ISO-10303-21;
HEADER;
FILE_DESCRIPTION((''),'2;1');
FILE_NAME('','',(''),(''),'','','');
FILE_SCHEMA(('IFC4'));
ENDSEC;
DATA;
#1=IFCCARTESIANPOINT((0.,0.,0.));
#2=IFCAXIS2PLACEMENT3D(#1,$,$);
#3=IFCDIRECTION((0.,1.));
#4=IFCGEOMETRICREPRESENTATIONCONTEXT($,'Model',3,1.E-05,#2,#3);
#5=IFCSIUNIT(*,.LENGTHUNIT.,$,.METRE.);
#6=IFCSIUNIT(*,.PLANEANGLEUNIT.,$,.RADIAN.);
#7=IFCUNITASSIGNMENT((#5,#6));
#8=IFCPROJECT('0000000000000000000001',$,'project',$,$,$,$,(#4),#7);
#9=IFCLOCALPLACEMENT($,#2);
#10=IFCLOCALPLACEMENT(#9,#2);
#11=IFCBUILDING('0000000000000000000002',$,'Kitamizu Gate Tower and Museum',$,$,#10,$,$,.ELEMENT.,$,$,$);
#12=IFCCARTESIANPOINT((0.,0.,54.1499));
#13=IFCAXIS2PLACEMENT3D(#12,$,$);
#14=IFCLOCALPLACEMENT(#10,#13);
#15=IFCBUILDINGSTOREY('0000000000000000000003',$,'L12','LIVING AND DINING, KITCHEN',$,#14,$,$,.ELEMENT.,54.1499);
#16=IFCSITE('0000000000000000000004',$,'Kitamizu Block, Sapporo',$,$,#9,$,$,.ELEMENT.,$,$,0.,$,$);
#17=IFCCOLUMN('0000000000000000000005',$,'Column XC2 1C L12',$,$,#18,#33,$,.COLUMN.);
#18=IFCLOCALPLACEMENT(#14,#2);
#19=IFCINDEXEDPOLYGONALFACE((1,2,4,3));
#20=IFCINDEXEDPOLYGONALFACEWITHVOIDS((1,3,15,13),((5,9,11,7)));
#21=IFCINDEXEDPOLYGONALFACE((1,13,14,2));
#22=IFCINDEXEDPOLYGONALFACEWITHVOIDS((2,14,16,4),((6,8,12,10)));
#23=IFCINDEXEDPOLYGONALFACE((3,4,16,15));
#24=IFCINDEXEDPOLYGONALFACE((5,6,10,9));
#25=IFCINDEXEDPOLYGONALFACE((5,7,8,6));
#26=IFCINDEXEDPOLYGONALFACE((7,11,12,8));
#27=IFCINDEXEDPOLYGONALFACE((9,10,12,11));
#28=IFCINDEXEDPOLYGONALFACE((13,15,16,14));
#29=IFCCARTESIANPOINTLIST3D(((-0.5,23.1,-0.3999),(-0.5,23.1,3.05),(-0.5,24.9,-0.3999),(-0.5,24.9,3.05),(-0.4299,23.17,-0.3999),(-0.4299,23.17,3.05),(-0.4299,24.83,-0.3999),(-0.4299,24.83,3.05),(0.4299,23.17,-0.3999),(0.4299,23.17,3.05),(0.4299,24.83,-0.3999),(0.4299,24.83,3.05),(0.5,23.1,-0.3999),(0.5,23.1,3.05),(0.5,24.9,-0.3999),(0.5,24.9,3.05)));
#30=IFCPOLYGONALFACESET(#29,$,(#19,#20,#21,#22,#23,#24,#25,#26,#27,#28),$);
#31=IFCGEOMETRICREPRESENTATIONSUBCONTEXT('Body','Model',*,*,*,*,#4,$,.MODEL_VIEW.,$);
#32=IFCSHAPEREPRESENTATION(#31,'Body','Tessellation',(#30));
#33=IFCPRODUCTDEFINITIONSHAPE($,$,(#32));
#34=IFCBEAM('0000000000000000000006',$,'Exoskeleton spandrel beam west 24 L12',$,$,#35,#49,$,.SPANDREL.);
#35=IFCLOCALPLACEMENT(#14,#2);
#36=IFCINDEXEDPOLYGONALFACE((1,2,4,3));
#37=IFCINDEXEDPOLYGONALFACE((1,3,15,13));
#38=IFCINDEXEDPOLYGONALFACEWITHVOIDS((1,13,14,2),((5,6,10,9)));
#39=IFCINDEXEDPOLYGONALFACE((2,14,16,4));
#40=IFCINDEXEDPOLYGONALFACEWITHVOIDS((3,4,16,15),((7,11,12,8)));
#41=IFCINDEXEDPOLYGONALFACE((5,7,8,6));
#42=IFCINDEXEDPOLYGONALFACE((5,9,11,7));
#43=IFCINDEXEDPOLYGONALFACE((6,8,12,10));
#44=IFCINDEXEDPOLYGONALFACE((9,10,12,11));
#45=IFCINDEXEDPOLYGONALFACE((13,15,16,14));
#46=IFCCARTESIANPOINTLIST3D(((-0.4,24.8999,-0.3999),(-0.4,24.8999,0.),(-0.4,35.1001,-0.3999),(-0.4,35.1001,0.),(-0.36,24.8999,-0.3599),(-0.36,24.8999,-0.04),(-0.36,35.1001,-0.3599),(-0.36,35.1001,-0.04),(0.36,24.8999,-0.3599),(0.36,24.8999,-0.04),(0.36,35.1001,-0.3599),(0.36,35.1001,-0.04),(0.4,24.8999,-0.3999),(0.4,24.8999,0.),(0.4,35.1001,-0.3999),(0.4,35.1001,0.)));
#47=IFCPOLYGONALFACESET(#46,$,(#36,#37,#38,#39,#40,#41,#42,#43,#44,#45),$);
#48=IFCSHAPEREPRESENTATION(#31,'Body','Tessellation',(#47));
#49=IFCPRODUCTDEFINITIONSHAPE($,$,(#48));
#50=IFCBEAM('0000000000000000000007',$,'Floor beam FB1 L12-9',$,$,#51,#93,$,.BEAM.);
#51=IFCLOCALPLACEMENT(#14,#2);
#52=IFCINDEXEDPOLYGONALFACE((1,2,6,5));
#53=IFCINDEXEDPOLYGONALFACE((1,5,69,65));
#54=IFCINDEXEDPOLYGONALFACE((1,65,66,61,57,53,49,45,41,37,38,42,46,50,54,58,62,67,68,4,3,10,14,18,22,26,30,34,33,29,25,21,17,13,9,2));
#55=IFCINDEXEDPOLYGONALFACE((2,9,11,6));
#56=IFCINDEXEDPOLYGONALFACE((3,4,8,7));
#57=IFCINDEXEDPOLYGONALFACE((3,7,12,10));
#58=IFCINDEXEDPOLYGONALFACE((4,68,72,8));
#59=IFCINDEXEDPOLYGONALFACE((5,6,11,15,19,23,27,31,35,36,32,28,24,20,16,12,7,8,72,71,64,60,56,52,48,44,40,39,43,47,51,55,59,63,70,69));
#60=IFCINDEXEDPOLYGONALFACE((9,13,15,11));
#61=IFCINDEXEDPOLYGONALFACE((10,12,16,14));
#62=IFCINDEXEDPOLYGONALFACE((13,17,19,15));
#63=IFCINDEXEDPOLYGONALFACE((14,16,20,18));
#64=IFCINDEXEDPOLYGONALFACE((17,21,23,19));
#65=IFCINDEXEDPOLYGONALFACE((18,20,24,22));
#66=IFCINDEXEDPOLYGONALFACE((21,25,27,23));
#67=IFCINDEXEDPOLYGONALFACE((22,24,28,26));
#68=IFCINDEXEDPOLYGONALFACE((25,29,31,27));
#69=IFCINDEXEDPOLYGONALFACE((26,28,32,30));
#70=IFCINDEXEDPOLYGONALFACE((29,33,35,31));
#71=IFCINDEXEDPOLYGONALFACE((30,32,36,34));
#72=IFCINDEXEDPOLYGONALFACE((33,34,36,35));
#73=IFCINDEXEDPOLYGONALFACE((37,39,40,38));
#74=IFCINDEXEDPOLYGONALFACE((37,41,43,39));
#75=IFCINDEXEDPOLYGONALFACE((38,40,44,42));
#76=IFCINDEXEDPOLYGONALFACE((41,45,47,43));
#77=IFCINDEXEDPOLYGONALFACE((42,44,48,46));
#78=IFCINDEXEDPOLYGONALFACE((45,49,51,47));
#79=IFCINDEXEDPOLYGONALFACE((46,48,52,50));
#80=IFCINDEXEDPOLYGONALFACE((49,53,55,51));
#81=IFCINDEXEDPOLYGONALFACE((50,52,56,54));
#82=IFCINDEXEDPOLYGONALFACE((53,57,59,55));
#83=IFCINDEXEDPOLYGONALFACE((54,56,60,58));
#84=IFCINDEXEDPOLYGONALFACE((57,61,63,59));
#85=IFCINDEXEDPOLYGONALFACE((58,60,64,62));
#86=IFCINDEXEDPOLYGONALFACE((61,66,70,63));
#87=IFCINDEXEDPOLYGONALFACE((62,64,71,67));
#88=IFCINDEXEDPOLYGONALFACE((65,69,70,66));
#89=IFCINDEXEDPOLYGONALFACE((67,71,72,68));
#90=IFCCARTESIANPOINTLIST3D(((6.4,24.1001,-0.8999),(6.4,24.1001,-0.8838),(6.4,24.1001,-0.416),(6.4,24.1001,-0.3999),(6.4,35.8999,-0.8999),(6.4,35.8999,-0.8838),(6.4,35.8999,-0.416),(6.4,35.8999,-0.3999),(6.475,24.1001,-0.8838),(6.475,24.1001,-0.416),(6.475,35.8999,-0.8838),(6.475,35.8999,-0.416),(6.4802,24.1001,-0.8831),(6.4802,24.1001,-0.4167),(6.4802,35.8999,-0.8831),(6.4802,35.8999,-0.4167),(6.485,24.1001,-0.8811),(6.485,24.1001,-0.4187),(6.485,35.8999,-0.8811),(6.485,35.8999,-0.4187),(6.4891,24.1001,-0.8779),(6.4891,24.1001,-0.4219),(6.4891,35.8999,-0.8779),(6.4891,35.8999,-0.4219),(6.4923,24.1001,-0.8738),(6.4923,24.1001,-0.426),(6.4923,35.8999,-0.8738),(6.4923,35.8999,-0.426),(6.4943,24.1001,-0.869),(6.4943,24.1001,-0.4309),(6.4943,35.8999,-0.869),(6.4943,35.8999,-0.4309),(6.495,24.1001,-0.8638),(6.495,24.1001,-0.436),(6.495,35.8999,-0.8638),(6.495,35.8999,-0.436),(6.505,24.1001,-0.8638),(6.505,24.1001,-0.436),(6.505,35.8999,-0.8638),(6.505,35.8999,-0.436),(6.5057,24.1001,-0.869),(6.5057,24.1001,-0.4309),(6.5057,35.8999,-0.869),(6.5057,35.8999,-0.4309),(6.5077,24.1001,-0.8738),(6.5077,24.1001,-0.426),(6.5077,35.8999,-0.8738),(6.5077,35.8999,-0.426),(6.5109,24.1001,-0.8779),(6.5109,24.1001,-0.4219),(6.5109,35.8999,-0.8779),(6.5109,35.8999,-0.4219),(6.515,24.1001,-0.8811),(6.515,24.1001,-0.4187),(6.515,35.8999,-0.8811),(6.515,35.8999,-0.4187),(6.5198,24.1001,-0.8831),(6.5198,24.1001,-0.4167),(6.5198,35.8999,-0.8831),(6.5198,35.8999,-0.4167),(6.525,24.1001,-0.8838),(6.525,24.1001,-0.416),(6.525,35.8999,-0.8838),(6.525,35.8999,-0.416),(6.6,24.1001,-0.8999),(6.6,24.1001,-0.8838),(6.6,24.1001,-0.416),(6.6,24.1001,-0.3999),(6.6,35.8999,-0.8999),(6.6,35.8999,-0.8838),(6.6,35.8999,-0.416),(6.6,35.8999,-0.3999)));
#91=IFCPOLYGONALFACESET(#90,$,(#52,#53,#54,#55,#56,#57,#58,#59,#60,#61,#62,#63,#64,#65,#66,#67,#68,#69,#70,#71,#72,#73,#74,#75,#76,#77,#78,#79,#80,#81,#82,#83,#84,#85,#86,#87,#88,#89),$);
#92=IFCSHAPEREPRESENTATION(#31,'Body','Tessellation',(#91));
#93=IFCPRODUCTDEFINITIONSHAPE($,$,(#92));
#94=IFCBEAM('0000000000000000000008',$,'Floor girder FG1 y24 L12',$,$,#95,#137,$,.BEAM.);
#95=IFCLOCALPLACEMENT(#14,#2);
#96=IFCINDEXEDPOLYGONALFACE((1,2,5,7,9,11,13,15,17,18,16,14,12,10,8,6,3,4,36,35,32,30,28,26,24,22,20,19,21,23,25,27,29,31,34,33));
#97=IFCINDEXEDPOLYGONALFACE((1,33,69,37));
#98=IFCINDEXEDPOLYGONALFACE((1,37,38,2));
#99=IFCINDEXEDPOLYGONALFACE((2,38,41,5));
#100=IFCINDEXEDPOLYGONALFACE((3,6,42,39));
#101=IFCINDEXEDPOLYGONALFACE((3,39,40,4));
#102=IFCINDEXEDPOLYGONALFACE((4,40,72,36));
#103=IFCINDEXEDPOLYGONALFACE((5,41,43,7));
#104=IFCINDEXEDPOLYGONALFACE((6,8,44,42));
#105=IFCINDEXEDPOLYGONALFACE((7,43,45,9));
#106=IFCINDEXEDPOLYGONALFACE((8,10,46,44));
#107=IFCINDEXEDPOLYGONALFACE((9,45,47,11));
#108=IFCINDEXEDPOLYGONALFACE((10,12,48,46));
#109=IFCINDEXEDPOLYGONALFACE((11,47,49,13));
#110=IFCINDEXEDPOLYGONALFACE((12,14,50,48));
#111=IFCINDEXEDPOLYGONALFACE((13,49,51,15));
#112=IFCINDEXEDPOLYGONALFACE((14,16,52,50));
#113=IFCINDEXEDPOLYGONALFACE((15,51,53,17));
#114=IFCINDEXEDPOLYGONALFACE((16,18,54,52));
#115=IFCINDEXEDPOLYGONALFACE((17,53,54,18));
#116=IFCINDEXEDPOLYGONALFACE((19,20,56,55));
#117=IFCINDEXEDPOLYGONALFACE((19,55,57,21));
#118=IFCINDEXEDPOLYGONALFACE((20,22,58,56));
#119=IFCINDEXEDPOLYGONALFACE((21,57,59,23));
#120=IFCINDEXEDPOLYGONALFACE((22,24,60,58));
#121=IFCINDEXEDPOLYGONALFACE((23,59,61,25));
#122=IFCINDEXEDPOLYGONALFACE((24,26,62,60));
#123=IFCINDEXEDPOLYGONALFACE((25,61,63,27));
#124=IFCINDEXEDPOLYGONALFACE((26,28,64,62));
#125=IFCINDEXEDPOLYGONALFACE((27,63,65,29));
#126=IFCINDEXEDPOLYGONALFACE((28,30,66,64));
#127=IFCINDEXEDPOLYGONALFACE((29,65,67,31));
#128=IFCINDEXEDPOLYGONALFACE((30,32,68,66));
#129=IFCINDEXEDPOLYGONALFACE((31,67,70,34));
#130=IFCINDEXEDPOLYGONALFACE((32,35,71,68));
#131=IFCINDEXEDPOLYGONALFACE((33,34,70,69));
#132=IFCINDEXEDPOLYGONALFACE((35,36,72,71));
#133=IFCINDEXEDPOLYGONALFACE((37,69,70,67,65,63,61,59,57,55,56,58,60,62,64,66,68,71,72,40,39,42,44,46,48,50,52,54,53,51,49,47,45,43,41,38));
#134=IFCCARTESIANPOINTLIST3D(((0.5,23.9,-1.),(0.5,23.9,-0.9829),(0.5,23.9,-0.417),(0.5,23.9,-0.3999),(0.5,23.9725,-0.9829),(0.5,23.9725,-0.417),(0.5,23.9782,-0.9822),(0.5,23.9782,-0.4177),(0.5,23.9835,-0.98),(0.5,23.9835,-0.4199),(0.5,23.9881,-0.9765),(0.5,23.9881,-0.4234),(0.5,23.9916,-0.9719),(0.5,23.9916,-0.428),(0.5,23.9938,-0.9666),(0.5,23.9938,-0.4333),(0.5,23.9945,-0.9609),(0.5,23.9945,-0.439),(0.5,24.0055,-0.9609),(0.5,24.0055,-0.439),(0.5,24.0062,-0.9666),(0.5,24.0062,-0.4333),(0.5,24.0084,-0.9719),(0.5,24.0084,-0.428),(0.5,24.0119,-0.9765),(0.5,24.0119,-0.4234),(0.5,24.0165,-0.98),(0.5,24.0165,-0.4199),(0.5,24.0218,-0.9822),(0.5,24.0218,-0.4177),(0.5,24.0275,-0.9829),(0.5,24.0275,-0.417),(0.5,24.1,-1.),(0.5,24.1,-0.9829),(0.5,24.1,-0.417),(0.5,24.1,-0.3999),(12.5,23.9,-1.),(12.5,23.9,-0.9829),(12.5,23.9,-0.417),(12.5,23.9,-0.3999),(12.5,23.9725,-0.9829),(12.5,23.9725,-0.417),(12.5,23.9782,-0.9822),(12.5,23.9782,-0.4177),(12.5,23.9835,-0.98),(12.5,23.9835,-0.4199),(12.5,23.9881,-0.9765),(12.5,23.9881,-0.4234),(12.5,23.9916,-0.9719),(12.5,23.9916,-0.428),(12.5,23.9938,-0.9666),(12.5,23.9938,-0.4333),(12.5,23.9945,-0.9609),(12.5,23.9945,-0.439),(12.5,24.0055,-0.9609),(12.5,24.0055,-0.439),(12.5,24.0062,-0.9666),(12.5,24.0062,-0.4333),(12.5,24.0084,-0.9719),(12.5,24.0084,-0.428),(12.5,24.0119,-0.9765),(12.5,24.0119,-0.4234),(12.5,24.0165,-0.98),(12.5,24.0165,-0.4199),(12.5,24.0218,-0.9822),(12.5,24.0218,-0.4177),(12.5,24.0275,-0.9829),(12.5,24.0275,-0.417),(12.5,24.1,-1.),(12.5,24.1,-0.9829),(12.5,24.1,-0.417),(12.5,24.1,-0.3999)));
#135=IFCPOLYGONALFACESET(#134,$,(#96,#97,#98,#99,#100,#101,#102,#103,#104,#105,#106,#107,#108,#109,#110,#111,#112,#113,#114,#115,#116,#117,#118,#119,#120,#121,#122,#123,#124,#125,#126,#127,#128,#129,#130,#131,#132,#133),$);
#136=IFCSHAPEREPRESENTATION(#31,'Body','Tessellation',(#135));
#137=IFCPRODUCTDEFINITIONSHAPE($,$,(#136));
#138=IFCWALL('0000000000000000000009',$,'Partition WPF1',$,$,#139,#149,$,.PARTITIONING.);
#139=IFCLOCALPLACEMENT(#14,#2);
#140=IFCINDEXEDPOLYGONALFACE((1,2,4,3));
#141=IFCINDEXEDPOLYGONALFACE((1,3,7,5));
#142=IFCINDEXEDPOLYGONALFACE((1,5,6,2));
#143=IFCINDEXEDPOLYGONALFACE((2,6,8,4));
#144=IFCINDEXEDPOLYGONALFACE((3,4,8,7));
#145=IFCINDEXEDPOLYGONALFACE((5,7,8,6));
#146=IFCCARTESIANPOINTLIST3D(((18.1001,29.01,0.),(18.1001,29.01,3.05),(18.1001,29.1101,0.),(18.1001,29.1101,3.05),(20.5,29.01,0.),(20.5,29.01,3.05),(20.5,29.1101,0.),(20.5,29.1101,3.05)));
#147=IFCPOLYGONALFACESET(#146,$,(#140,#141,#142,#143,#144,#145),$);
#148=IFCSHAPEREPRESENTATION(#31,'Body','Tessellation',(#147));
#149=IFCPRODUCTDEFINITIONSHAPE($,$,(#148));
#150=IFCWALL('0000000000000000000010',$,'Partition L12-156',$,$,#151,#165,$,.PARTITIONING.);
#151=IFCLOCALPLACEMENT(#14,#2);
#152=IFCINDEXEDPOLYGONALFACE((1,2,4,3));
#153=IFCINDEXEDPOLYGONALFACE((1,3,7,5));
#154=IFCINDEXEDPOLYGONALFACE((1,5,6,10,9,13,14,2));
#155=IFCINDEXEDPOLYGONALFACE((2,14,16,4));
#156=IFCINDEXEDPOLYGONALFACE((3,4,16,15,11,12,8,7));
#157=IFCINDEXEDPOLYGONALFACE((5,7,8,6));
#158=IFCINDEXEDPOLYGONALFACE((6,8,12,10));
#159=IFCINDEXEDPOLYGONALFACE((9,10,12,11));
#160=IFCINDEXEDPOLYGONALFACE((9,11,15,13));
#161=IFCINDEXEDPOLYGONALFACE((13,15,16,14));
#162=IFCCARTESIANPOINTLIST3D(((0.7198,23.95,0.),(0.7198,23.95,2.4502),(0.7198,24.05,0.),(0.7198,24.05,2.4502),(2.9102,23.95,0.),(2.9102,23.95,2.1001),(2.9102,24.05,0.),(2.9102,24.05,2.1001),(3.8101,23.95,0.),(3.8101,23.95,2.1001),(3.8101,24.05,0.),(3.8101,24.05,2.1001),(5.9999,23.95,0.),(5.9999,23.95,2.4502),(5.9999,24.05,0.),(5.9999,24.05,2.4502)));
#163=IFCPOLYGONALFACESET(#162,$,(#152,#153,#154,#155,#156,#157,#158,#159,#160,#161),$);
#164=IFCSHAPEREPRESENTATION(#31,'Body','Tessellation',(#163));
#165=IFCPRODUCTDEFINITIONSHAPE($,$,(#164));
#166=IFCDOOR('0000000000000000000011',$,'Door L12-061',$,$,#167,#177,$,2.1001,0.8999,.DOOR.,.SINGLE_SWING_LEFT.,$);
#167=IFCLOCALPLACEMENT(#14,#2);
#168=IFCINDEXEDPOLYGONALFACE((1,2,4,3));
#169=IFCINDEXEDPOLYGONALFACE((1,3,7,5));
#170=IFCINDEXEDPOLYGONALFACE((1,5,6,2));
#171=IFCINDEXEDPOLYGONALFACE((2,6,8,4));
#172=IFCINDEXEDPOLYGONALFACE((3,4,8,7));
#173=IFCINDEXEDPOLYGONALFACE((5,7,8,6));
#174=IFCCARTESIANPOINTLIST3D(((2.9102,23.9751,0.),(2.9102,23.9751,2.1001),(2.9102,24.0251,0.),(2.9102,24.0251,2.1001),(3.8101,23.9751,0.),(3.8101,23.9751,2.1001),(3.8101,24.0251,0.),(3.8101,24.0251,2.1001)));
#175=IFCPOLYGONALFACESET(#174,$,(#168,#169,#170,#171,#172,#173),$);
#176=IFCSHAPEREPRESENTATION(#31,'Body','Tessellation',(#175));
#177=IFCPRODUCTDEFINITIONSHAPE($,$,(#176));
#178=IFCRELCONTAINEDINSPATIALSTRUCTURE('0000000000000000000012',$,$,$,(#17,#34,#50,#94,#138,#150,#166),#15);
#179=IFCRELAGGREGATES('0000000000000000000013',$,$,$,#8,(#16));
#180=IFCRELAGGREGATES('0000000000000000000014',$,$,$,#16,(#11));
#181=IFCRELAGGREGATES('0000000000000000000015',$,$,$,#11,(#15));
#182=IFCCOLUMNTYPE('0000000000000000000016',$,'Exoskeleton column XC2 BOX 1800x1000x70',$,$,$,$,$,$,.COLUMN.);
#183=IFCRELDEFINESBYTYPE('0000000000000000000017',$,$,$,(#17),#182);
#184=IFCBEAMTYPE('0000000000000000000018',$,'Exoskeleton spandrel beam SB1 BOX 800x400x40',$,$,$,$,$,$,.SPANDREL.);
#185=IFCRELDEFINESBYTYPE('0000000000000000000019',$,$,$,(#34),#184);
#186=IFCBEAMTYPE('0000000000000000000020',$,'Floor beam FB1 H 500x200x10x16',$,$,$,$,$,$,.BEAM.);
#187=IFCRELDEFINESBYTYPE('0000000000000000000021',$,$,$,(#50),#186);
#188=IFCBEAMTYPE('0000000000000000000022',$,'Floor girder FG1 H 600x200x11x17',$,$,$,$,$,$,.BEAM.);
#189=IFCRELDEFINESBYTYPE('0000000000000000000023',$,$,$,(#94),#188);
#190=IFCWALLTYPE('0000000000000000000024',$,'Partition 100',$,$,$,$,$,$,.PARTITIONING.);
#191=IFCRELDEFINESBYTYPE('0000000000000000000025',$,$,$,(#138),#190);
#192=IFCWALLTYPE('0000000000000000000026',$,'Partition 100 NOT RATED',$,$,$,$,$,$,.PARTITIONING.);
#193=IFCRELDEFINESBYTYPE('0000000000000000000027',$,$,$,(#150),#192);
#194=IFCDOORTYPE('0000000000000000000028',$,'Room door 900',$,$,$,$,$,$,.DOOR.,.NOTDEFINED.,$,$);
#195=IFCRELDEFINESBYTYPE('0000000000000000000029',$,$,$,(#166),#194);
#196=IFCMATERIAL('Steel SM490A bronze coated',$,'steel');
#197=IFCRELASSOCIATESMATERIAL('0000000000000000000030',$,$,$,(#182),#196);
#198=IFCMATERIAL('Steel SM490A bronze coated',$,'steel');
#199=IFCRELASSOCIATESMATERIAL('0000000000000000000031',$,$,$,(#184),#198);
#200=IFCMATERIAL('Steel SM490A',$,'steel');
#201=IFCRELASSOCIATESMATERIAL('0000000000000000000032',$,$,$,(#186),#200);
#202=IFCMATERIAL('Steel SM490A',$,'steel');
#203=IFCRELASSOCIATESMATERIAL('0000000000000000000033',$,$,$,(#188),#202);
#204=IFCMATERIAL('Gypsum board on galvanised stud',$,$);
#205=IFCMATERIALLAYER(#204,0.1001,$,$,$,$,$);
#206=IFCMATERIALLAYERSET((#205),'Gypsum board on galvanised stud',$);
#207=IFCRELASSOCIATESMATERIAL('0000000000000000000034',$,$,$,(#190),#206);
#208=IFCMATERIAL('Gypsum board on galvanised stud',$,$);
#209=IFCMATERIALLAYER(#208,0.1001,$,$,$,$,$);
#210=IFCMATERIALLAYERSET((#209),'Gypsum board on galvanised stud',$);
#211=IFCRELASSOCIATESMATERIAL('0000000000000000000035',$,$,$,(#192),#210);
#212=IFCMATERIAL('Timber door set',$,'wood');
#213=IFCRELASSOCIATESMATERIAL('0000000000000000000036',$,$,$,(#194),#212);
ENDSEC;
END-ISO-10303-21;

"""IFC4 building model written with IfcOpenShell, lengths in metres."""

from ifc_helpers import new_model, si_unit, direction, frame, frame_2d, origin, origin_2d, place, context, subcontext, project, spatial, rectangle, hollow_rectangle, i_section, extrude, material, layer, layer_set, material_profile, profile_set, type_object, element, fill, save


model = new_model("IFC4")

# Units and contexts
model_context = context("Model", 3, precision=1e-05, world=origin(), true_north=direction((0.0, 1.0)))
body_context = subcontext(model_context, "Body", "Model", "MODEL_VIEW")
ifc_project = project(units=[si_unit("LENGTHUNIT", "METRE"), si_unit("PLANEANGLEUNIT", "RADIAN")], contexts=[model_context])

# Site, building, storey
site_placement = place(None, origin())
site = spatial("IfcSite", under=ifc_project, at=site_placement, Name="Kitamizu Block, Sapporo", CompositionType="ELEMENT", RefElevation=0.0)
building_placement = place(site_placement, origin())
building = spatial("IfcBuilding", under=site, at=building_placement, Name="Kitamizu Gate Tower and Museum", CompositionType="ELEMENT")
storey_placement = place(building_placement, frame((0.0, 0.0, 54.1499)))
storey = spatial("IfcBuildingStorey", under=building, at=storey_placement, Name="L12", Description="LIVING AND DINING, KITCHEN", CompositionType="ELEMENT", Elevation=54.1499)

# Column
ifc_material_1 = material(Name="Steel SM490A bronze coated", Category="steel")
ifc_material_profile_1 = material_profile(ifc_material_1, hollow_rectangle(XDim=1.8, YDim=1.0, WallThickness=0.0701, at=origin_2d()), Name="BOX 1800x1000x70")
ifc_profile_set_1 = profile_set([ifc_material_profile_1], Name="Steel SM490A bronze coated")
column_type = type_object("IfcColumnType", Name="Exoskeleton column XC2 BOX 1800x1000x70", PredefinedType="COLUMN", material=ifc_profile_set_1)
column_placement = place(storey_placement, frame((0.0, 24.0, -0.3999), z_axis=(0.0, 0.0, 1.0), x_axis=(0.0, 1.0, 0.0)))
element("IfcColumn", 1, at=column_placement, inside=storey, type_object=column_type, Name="Column XC2 1C L12", PredefinedType="COLUMN", context=body_context, shape_type="SweptSolid", body=[
    extrude(hollow_rectangle(XDim=1.8, YDim=1.0, WallThickness=0.0701, at=origin_2d()), origin(), (0.0, 0.0, 1.0), 3.45),
])

# Beams
ifc_material_2 = material(Name="Steel SM490A bronze coated", Category="steel")
ifc_material_profile_2 = material_profile(ifc_material_2, hollow_rectangle(XDim=0.8, YDim=0.3999, WallThickness=0.04, at=origin_2d()), Name="BOX 800x400x40")
ifc_profile_set_2 = profile_set([ifc_material_profile_2], Name="Steel SM490A bronze coated")
beam_type_1 = type_object("IfcBeamType", Name="Exoskeleton spandrel beam SB1 BOX 800x400x40", PredefinedType="SPANDREL", material=ifc_profile_set_2)
beam_1_placement = place(storey_placement, frame((0.0, 24.8999, -0.2), z_axis=(0.0, 1.0, 0.0), x_axis=(-1.0, 0.0, 0.0)))
element("IfcBeam", 2, at=beam_1_placement, inside=storey, type_object=beam_type_1, Name="Exoskeleton spandrel beam west 24 L12", PredefinedType="SPANDREL", context=body_context, shape_type="SweptSolid", body=[
    extrude(hollow_rectangle(XDim=0.8, YDim=0.3999, WallThickness=0.04, at=origin_2d()), origin(), (0.0, 0.0, 1.0), 10.2002),
])
ifc_material_3 = material(Name="Steel SM490A", Category="steel")
ifc_material_profile_3 = material_profile(ifc_material_3, i_section(OverallWidth=0.2, OverallDepth=0.5, WebThickness=0.01, FlangeThickness=0.0161, FilletRadius=0.02, at=origin_2d()), Name="H-500x200x10x16")
ifc_profile_set_3 = profile_set([ifc_material_profile_3], Name="Steel SM490A")
beam_type_2 = type_object("IfcBeamType", Name="Floor beam FB1 H 500x200x10x16", PredefinedType="BEAM", material=ifc_profile_set_3)
beam_2_placement = place(storey_placement, frame((6.5, 24.1001, -0.6499), z_axis=(0.0, 1.0, 0.0), x_axis=(-1.0, 0.0, 0.0)))
element("IfcBeam", 3, at=beam_2_placement, inside=storey, type_object=beam_type_2, Name="Floor beam FB1 L12-9", PredefinedType="BEAM", context=body_context, shape_type="SweptSolid", body=[
    extrude(i_section(OverallWidth=0.2, OverallDepth=0.5, WebThickness=0.01, FlangeThickness=0.0161, FilletRadius=0.02, at=origin_2d()), origin(), (0.0, 0.0, 1.0), 11.7998),
])
ifc_material_4 = material(Name="Steel SM490A", Category="steel")
ifc_material_profile_4 = material_profile(ifc_material_4, i_section(OverallWidth=0.2, OverallDepth=0.6001, WebThickness=0.011, FlangeThickness=0.0171, FilletRadius=0.022, at=origin_2d()), Name="H-600x200x11x17")
ifc_profile_set_4 = profile_set([ifc_material_profile_4], Name="Steel SM490A")
beam_type_3 = type_object("IfcBeamType", Name="Floor girder FG1 H 600x200x11x17", PredefinedType="BEAM", material=ifc_profile_set_4)
beam_3_placement = place(storey_placement, frame((0.5, 24.0, -0.7), z_axis=(1.0, 0.0, 0.0), x_axis=(0.0, 1.0, 0.0)))
element("IfcBeam", 4, at=beam_3_placement, inside=storey, type_object=beam_type_3, Name="Floor girder FG1 y24 L12", PredefinedType="BEAM", context=body_context, shape_type="SweptSolid", body=[
    extrude(i_section(OverallWidth=0.2, OverallDepth=0.6001, WebThickness=0.011, FlangeThickness=0.0171, FilletRadius=0.022, at=origin_2d()), origin(), (0.0, 0.0, 1.0), 12.0),
])

# Wall
ifc_material_5 = material(Name="Gypsum board on galvanised stud")
ifc_layer_1 = layer(ifc_material_5, 0.1001)
ifc_layer_set_1 = layer_set([ifc_layer_1], Name="Gypsum board on galvanised stud")
wall_type_1 = type_object("IfcWallType", Name="Partition 100", PredefinedType="PARTITIONING", material=ifc_layer_set_1)
wall_1_placement = place(storey_placement, frame((18.1001, 29.0601, 0.0), z_axis=(0.0, 0.0, 1.0), x_axis=(1.0, 0.0, 0.0)))
element("IfcWall", 5, at=wall_1_placement, inside=storey, type_object=wall_type_1, Name="Partition WPF1", PredefinedType="PARTITIONING", context=body_context, shape_type="SweptSolid", body=[
    extrude(rectangle(XDim=2.3999, YDim=0.1001, at=frame_2d((1.2, 0.0))), origin(), (0.0, 0.0, 1.0), 3.05),
])

# Wall, opening, door
ifc_material_6 = material(Name="Gypsum board on galvanised stud")
ifc_layer_2 = layer(ifc_material_6, 0.1001)
ifc_layer_set_2 = layer_set([ifc_layer_2], Name="Gypsum board on galvanised stud")
wall_type_2 = type_object("IfcWallType", Name="Partition 100 NOT RATED", PredefinedType="PARTITIONING", material=ifc_layer_set_2)
wall_2_placement = place(storey_placement, frame((6.0, 24.0, 0.0), z_axis=(0.0, 0.0, 1.0), x_axis=(-1.0, 0.0, 0.0)))
wall_2 = element("IfcWall", 6, at=wall_2_placement, inside=storey, type_object=wall_type_2, Name="Partition L12-156", PredefinedType="PARTITIONING", context=body_context, shape_type="SweptSolid", body=[
    extrude(rectangle(XDim=5.28, YDim=0.1001, at=frame_2d((2.6401, 0.0))), origin(), (0.0, 0.0, 1.0), 2.4502),
])
opening_1_placement = place(wall_2_placement, frame((2.1899, 0.0, 0.0)))
opening_1 = element("IfcOpeningElement", 7, at=opening_1_placement, cuts=wall_2, PredefinedType="OPENING", context=body_context, shape_type="SweptSolid", body=[
    extrude(rectangle(XDim=0.8999, YDim=2.1001, at=frame_2d((0.45, 1.05))), frame((0.0, 0.0601, 0.0), z_axis=(0.0, -1.0, 0.0), x_axis=(1.0, 0.0, 0.0)), (0.0, 0.0, 1.0), 0.1201),
])
ifc_material_7 = material(Name="Timber door set", Category="wood")
door_type_1 = type_object("IfcDoorType", Name="Room door 900", OperationType="NOTDEFINED", PredefinedType="DOOR", material=ifc_material_7)
door_1_placement = place(opening_1_placement, origin())
door_1 = element("IfcDoor", 8, at=door_1_placement, inside=storey, type_object=door_type_1, Name="Door L12-061", OperationType="SINGLE_SWING_LEFT", OverallHeight=2.1001, OverallWidth=0.8999, PredefinedType="DOOR", context=body_context, shape_type="SweptSolid", body=[
    extrude(rectangle(XDim=0.8999, YDim=2.1001, at=frame_2d((0.45, 1.05))), frame((0.0, 0.0249, 0.0), z_axis=(0.0, -1.0, 0.0), x_axis=(1.0, 0.0, 0.0)), (0.0, 0.0, 1.0), 0.05),
])
fill(opening_1, door_1)

save(model, "model.ifc")
